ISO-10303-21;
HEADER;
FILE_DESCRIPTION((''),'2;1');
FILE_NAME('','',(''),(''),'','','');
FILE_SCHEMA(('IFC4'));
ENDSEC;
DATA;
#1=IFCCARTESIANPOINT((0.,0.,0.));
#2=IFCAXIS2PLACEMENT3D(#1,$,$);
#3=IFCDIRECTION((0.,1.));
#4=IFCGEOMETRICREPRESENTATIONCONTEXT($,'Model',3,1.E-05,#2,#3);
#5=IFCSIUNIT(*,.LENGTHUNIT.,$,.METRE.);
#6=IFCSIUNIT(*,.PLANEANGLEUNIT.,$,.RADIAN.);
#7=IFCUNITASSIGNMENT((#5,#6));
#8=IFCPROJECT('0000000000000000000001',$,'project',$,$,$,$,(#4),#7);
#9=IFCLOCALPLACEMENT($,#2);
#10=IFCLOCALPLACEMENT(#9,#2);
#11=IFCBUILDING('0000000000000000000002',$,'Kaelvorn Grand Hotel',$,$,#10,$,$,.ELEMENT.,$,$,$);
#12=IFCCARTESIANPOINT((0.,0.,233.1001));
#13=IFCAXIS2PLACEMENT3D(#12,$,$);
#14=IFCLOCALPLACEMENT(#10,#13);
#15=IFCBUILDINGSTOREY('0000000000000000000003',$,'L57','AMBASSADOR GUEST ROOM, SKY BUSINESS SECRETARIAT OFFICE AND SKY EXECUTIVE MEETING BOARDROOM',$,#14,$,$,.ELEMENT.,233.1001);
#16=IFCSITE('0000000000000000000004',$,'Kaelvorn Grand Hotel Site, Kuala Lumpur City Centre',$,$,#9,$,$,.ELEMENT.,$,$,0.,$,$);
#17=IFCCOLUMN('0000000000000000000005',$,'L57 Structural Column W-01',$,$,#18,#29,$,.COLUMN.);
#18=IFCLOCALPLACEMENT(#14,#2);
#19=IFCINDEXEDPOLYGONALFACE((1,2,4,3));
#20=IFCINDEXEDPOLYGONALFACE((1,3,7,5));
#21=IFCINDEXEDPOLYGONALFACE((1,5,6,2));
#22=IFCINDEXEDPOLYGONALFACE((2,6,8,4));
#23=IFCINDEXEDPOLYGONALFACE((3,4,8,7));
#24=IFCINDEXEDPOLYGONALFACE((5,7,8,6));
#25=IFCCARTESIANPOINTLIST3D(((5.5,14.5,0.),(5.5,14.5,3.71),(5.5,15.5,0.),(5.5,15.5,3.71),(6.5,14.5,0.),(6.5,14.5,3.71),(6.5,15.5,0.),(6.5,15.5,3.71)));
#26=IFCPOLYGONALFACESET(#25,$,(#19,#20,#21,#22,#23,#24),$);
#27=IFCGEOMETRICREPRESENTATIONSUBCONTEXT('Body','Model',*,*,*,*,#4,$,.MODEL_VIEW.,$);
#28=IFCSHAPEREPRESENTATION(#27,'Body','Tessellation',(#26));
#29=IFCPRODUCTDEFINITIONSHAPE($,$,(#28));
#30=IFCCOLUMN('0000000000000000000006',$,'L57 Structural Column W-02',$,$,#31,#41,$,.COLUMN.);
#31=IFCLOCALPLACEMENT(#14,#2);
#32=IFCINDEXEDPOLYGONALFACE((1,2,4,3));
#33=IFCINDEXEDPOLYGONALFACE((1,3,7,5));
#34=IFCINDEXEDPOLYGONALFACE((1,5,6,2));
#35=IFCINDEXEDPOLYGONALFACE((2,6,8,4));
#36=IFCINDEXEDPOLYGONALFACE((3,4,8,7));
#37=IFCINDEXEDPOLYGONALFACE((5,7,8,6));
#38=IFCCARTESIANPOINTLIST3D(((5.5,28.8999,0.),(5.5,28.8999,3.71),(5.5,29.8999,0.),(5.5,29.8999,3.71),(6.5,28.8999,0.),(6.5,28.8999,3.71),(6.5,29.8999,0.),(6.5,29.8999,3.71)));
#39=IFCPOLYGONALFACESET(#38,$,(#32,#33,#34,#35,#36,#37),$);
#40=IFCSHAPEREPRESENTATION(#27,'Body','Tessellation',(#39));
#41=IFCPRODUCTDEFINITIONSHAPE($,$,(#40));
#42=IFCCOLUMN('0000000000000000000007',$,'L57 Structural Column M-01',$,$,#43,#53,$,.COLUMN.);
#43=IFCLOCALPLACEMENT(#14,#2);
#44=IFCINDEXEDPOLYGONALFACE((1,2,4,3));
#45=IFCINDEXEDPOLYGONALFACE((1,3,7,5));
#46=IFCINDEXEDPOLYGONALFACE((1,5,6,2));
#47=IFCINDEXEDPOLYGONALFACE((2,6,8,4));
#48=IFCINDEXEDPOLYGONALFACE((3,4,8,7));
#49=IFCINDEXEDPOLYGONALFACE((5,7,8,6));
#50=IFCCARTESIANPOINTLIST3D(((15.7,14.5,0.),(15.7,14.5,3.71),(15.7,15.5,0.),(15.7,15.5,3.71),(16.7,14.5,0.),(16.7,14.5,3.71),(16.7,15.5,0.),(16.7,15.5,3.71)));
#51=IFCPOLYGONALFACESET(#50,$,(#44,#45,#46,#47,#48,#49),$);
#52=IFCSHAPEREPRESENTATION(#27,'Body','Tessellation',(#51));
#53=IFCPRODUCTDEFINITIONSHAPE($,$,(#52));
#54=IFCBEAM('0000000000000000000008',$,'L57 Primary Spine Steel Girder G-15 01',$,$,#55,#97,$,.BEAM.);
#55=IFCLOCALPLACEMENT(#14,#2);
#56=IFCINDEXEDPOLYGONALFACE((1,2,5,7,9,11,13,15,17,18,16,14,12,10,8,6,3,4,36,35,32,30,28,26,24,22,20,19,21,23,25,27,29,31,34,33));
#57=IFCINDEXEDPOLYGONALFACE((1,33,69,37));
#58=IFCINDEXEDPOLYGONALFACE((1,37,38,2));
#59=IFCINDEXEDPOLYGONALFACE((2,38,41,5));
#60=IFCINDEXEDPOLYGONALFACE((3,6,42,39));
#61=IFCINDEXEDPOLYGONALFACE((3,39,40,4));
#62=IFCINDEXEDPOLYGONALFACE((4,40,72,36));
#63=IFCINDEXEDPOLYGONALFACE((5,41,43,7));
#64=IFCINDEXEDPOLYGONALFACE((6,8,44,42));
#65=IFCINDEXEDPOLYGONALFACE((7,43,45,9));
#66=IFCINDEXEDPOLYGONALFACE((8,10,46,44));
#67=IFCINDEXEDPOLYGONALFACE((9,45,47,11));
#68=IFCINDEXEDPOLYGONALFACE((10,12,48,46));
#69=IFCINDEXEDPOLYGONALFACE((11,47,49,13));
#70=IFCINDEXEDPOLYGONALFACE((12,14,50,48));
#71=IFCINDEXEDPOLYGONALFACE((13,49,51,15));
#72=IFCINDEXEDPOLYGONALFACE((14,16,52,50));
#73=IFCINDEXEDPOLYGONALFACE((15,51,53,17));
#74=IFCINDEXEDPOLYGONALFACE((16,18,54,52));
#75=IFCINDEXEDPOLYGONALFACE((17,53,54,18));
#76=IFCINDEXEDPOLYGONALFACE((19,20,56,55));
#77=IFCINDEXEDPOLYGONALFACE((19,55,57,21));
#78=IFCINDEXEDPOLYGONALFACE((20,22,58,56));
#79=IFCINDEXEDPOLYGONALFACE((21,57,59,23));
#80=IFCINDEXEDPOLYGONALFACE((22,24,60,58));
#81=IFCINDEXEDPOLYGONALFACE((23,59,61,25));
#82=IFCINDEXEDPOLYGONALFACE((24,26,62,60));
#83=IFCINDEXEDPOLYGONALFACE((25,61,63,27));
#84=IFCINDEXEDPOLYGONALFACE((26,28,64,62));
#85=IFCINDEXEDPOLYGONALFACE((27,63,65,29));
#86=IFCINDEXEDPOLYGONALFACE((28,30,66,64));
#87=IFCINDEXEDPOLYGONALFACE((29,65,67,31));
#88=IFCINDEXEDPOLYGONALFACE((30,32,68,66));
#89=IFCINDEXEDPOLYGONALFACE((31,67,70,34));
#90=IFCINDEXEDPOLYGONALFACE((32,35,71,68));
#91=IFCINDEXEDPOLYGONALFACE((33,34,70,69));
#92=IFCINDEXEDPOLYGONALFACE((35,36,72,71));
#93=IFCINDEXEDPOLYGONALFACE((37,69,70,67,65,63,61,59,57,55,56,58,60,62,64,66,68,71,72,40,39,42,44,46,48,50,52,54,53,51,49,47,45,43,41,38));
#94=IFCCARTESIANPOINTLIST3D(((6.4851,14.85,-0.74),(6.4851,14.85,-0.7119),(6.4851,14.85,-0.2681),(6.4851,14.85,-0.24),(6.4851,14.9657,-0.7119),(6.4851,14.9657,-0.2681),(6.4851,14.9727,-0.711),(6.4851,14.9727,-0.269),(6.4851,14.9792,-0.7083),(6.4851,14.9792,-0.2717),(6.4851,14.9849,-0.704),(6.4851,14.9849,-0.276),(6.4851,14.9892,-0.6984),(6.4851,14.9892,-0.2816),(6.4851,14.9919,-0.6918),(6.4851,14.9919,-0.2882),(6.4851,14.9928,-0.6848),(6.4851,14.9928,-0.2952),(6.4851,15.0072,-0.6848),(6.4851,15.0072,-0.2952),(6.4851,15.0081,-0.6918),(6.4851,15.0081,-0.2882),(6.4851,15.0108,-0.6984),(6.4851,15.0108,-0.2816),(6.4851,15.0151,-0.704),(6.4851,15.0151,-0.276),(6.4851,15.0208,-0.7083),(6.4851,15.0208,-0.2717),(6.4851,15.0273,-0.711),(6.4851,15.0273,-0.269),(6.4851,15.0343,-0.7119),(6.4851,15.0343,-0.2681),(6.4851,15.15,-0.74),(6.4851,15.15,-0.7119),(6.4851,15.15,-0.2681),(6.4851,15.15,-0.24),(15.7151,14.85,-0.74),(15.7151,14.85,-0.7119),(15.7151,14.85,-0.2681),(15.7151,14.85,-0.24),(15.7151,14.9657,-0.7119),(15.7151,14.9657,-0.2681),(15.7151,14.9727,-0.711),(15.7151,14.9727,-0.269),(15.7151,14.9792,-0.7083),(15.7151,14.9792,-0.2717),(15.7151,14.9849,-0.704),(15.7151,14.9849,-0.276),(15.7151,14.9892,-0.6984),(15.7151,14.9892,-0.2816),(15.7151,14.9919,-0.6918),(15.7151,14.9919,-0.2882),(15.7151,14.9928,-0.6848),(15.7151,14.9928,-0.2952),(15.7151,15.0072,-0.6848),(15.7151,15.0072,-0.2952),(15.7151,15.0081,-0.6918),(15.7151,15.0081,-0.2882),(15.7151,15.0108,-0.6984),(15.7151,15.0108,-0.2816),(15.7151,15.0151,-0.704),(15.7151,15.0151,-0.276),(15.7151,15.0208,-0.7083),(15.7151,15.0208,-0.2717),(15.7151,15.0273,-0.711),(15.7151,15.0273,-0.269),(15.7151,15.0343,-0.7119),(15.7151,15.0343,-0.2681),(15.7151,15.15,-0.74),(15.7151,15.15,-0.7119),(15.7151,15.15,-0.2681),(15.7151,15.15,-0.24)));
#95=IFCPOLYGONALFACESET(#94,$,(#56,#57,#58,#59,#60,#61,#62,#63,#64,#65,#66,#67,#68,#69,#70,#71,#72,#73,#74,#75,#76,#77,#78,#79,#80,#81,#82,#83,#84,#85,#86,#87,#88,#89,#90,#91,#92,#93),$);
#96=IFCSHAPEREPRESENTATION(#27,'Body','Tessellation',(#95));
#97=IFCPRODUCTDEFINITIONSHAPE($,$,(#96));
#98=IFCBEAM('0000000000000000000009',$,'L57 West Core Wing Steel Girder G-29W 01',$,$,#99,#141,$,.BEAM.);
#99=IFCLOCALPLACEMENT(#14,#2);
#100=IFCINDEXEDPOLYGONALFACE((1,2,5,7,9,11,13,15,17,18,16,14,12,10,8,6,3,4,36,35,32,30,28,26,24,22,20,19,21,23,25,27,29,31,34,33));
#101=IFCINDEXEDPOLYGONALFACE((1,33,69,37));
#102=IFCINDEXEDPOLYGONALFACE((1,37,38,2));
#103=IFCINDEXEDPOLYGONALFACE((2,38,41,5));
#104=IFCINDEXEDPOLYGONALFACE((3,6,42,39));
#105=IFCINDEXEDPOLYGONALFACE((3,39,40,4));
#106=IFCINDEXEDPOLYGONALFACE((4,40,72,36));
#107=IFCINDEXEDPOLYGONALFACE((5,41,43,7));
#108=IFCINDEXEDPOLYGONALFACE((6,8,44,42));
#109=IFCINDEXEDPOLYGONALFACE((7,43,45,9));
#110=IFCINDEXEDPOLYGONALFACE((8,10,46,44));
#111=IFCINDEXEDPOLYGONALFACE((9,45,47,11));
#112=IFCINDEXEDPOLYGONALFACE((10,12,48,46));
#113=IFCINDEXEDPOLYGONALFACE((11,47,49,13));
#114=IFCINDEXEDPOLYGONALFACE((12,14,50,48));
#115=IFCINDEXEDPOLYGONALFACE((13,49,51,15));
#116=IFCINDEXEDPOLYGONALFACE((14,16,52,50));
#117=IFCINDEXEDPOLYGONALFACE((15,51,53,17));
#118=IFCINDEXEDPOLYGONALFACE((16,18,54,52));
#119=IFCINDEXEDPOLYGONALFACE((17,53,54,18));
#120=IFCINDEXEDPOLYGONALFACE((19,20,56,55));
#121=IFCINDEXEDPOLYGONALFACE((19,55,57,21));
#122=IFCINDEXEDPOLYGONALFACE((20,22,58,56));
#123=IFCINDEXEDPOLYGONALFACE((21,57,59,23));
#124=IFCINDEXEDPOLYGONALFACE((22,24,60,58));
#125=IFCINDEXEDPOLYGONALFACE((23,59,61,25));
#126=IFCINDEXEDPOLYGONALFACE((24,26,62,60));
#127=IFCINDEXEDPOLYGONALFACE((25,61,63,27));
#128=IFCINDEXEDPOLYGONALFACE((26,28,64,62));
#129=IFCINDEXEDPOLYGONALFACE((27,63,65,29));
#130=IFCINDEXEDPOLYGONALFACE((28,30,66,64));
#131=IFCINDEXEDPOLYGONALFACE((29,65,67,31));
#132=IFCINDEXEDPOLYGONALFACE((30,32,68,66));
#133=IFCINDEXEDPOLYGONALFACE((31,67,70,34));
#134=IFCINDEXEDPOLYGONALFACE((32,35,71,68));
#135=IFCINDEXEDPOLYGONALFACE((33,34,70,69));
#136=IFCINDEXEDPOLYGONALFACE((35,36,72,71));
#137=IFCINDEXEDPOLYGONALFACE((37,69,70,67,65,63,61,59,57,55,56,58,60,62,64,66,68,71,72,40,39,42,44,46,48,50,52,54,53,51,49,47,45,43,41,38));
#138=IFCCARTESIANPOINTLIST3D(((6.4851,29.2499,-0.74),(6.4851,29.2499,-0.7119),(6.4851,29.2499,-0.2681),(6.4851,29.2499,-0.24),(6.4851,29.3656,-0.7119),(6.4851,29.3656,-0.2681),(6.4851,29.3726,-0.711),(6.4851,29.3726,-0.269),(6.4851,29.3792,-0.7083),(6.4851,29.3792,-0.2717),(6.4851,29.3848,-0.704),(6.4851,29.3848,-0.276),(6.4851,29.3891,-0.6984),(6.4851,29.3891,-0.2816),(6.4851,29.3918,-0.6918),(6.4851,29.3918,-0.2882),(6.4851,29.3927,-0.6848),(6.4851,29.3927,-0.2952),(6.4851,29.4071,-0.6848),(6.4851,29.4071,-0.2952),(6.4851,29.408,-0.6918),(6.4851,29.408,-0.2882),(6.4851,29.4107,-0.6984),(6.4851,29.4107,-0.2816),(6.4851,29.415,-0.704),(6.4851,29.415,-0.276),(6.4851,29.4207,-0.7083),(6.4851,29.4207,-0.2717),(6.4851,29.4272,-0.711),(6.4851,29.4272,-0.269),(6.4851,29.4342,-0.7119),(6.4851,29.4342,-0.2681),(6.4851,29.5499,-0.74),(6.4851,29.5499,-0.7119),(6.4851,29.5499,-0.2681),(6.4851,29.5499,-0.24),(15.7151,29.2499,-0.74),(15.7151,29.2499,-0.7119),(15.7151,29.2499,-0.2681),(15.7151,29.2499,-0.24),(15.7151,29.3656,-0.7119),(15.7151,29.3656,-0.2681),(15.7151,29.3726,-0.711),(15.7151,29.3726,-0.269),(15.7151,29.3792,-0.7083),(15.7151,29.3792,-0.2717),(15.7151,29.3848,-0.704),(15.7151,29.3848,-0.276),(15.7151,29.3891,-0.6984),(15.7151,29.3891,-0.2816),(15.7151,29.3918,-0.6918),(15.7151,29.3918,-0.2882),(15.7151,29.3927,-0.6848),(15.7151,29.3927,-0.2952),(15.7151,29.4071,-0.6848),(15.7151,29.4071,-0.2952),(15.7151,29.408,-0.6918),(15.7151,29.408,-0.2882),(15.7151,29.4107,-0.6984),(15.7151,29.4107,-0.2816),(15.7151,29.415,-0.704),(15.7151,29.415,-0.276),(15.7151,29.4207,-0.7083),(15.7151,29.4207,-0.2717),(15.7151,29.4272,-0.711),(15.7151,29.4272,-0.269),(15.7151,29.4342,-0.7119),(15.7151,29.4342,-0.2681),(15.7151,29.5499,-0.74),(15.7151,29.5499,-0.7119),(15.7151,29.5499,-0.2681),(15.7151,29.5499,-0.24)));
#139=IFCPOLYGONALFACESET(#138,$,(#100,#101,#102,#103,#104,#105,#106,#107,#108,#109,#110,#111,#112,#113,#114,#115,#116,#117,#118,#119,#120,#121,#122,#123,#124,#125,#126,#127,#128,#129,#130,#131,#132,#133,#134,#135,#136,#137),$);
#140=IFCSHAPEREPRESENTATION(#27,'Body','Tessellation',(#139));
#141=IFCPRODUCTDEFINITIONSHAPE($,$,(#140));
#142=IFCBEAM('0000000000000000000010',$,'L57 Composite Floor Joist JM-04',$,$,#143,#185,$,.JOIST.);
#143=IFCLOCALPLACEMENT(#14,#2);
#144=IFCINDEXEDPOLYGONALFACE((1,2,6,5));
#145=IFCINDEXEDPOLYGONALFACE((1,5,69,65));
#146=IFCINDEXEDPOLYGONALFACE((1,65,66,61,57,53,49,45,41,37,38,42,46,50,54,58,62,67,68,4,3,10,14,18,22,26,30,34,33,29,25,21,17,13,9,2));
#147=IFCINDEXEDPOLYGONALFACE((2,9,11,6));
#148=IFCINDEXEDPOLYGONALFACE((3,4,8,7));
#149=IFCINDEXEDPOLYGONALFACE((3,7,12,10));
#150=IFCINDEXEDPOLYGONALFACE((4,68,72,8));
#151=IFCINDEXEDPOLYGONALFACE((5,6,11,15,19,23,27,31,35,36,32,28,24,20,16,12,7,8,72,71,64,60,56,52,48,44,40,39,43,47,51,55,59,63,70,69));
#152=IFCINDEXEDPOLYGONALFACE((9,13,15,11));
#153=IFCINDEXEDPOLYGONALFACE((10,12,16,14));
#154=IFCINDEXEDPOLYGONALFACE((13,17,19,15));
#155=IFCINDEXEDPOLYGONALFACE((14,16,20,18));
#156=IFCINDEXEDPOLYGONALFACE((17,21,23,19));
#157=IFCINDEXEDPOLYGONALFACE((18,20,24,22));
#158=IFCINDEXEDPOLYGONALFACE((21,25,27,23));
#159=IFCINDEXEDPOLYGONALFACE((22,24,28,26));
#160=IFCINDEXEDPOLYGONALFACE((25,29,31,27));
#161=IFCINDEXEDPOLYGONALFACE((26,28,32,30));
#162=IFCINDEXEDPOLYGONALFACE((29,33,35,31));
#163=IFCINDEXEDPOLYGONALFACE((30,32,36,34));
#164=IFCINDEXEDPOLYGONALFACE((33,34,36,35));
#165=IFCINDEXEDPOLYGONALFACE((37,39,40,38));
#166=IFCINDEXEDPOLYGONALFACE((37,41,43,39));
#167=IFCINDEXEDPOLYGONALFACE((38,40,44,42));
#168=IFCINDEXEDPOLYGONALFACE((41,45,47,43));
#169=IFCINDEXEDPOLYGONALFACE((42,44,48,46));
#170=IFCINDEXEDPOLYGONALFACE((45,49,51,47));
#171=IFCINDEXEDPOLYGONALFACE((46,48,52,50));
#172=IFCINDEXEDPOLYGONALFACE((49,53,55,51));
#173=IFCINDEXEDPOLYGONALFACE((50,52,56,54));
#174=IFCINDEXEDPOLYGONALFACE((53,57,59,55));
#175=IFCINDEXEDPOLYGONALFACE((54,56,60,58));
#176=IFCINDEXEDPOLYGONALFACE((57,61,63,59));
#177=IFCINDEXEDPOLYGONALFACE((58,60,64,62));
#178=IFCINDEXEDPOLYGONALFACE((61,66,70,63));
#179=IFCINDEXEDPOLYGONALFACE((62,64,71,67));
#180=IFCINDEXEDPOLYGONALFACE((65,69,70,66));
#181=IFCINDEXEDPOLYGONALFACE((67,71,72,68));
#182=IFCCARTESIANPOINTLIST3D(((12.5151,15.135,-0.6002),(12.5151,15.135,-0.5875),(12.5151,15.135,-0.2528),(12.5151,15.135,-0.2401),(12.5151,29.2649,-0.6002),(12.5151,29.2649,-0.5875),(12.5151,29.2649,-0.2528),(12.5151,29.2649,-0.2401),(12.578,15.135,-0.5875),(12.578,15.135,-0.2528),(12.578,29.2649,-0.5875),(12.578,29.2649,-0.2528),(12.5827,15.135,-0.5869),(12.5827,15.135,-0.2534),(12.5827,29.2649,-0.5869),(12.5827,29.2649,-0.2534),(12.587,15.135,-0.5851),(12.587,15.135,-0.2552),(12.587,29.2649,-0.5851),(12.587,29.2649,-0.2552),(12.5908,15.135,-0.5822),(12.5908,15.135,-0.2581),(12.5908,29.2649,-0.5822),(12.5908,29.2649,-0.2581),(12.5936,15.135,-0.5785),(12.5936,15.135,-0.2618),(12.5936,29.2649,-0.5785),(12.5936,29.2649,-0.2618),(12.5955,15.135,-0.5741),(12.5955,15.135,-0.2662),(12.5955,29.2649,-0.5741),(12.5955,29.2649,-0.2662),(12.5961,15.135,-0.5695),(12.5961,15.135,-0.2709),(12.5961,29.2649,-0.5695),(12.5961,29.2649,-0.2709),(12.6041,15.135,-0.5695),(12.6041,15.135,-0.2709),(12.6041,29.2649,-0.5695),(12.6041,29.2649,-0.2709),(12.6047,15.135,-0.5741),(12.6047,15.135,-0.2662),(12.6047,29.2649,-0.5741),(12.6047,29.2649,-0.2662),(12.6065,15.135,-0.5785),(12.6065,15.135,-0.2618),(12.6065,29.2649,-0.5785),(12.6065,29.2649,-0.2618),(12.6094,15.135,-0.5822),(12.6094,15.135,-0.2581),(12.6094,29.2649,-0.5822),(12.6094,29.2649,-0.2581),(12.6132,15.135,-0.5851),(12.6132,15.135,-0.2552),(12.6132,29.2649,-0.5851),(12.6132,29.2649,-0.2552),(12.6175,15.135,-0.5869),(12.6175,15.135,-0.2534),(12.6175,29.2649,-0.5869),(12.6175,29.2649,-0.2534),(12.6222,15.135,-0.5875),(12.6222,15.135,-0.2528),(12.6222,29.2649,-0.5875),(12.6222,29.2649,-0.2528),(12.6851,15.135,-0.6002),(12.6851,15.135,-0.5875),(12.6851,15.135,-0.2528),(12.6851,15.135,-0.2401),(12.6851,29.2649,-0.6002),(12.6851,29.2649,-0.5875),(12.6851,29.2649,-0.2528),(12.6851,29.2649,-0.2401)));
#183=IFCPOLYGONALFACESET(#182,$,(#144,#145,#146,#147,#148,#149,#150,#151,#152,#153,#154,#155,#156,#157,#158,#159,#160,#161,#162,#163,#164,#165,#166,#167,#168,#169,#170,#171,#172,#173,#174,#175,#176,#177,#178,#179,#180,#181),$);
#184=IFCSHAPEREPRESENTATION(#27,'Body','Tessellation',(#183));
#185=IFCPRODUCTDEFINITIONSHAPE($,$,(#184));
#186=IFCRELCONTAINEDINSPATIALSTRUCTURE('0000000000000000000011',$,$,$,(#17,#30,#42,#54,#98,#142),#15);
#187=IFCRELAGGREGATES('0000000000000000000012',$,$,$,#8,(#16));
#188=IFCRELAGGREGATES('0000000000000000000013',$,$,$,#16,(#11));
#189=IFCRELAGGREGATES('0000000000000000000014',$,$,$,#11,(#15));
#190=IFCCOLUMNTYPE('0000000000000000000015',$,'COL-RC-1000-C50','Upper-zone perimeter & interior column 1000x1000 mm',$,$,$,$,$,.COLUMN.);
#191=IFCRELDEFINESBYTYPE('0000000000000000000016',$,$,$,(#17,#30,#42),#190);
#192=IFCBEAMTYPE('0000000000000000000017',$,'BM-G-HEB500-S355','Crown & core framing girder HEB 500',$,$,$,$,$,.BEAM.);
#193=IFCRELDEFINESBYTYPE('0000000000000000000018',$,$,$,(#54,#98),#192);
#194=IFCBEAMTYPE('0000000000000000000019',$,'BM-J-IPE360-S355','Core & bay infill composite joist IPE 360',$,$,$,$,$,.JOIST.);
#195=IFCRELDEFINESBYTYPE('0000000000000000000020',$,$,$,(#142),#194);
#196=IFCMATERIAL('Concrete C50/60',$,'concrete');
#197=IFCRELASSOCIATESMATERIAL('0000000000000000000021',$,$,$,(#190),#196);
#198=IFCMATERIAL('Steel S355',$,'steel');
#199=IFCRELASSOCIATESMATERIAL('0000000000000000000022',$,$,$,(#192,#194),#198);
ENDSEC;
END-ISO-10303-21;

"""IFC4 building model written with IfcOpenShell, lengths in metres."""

from ifc_helpers import new_model, si_unit, direction, frame, origin, origin_2d, place, context, subcontext, project, spatial, rectangle, i_section, extrude, material, material_profile, profile_set, type_object, element, save


model = new_model("IFC4")

# Units and contexts
model_context = context("Model", 3, precision=1e-05, world=origin(), true_north=direction((0.0, 1.0)))
body_context = subcontext(model_context, "Body", "Model", "MODEL_VIEW")
ifc_project = project(units=[si_unit("LENGTHUNIT", "METRE"), si_unit("PLANEANGLEUNIT", "RADIAN")], contexts=[model_context])

# Site, building, storey
site_placement = place(None, origin())
site = spatial("IfcSite", under=ifc_project, at=site_placement, Name="Kaelvorn Grand Hotel Site, Kuala Lumpur City Centre", CompositionType="ELEMENT", RefElevation=0.0)
building_placement = place(site_placement, origin())
building = spatial("IfcBuilding", under=site, at=building_placement, Name="Kaelvorn Grand Hotel", CompositionType="ELEMENT")
storey_placement = place(building_placement, frame((0.0, 0.0, 233.1001)))
storey = spatial("IfcBuildingStorey", under=building, at=storey_placement, Name="L57", Description="AMBASSADOR GUEST ROOM, SKY BUSINESS SECRETARIAT OFFICE AND SKY EXECUTIVE MEETING BOARDROOM", CompositionType="ELEMENT", Elevation=233.1001)

# Columns
ifc_material_1 = material(Name="Concrete C50/60", Category="concrete")
ifc_material_profile_1 = material_profile(ifc_material_1, rectangle(XDim=1.0, YDim=1.0, at=origin_2d()), Name="RC COL 1000x1000")
ifc_profile_set_1 = profile_set([ifc_material_profile_1], Name="Concrete C50/60")
column_type = type_object("IfcColumnType", Name="COL-RC-1000-C50", Description="Upper-zone perimeter & interior column 1000x1000 mm", PredefinedType="COLUMN", material=ifc_profile_set_1)
for number, where, z_axis, x_axis, name in (
    (1, (6.0, 15.0, 0.0), (0.0, 0.0, 1.0), (1.0, 0.0, 0.0), "L57 Structural Column W-01"),
    (2, (6.0, 29.3999, 0.0), (0.0, 0.0, 1.0), (1.0, 0.0, 0.0), "L57 Structural Column W-02"),
    (3, (16.2, 15.0, 0.0), (0.0, 0.0, 1.0), (1.0, 0.0, 0.0), "L57 Structural Column M-01"),
):
    element("IfcColumn", number, at=place(storey_placement, frame(where, z_axis=z_axis, x_axis=x_axis)), inside=storey, type_object=column_type, Name=name, PredefinedType="COLUMN", context=body_context, shape_type="SweptSolid", body=[
        extrude(rectangle(XDim=1.0, YDim=1.0, at=origin_2d()), origin(), (0.0, 0.0, 1.0), 3.71),
    ])

# Beams
ifc_material_2 = material(Name="Steel S355", Category="steel")
ifc_material_profile_2 = material_profile(ifc_material_2, i_section(OverallWidth=0.3, OverallDepth=0.5, WebThickness=0.0144, FlangeThickness=0.0281, FilletRadius=0.0271, at=origin_2d()), Name="HEB 500")
ifc_profile_set_2 = profile_set([ifc_material_profile_2], Name="Steel S355")
beam_type_1 = type_object("IfcBeamType", Name="BM-G-HEB500-S355", Description="Crown & core framing girder HEB 500", PredefinedType="BEAM", material=ifc_profile_set_2)
for number, where, z_axis, x_axis, name in (
    (4, (6.4851, 15.0, -0.49), (1.0, 0.0, 0.0), (0.0, 1.0, 0.0), "L57 Primary Spine Steel Girder G-15 01"),
    (5, (6.4851, 29.3999, -0.49), (1.0, 0.0, 0.0), (0.0, 1.0, 0.0), "L57 West Core Wing Steel Girder G-29W 01"),
):
    element("IfcBeam", number, at=place(storey_placement, frame(where, z_axis=z_axis, x_axis=x_axis)), inside=storey, type_object=beam_type_1, Name=name, PredefinedType="BEAM", context=body_context, shape_type="SweptSolid", body=[
        extrude(i_section(OverallWidth=0.3, OverallDepth=0.5, WebThickness=0.0144, FlangeThickness=0.0281, FilletRadius=0.0271, at=origin_2d()), origin(), (0.0, 0.0, 1.0), 9.23),
    ])
ifc_material_profile_3 = material_profile(ifc_material_2, i_section(OverallWidth=0.1699, OverallDepth=0.3601, WebThickness=0.0081, FlangeThickness=0.0127, FilletRadius=0.0181, at=origin_2d()), Name="IPE 360")
ifc_profile_set_3 = profile_set([ifc_material_profile_3], Name="Steel S355")
beam_type_2 = type_object("IfcBeamType", Name="BM-J-IPE360-S355", Description="Core & bay infill composite joist IPE 360", PredefinedType="JOIST", material=ifc_profile_set_3)
beam_1_placement = place(storey_placement, frame((12.6001, 15.135, -0.4202), z_axis=(0.0, 1.0, 0.0), x_axis=(-1.0, 0.0, 0.0)))
element("IfcBeam", 6, at=beam_1_placement, inside=storey, type_object=beam_type_2, Name="L57 Composite Floor Joist JM-04", PredefinedType="JOIST", context=body_context, shape_type="SweptSolid", body=[
    extrude(i_section(OverallWidth=0.1699, OverallDepth=0.3601, WebThickness=0.0081, FlangeThickness=0.0127, FilletRadius=0.0181, at=origin_2d()), origin(), (0.0, 0.0, 1.0), 14.1299),
])

save(model, "model.ifc")
